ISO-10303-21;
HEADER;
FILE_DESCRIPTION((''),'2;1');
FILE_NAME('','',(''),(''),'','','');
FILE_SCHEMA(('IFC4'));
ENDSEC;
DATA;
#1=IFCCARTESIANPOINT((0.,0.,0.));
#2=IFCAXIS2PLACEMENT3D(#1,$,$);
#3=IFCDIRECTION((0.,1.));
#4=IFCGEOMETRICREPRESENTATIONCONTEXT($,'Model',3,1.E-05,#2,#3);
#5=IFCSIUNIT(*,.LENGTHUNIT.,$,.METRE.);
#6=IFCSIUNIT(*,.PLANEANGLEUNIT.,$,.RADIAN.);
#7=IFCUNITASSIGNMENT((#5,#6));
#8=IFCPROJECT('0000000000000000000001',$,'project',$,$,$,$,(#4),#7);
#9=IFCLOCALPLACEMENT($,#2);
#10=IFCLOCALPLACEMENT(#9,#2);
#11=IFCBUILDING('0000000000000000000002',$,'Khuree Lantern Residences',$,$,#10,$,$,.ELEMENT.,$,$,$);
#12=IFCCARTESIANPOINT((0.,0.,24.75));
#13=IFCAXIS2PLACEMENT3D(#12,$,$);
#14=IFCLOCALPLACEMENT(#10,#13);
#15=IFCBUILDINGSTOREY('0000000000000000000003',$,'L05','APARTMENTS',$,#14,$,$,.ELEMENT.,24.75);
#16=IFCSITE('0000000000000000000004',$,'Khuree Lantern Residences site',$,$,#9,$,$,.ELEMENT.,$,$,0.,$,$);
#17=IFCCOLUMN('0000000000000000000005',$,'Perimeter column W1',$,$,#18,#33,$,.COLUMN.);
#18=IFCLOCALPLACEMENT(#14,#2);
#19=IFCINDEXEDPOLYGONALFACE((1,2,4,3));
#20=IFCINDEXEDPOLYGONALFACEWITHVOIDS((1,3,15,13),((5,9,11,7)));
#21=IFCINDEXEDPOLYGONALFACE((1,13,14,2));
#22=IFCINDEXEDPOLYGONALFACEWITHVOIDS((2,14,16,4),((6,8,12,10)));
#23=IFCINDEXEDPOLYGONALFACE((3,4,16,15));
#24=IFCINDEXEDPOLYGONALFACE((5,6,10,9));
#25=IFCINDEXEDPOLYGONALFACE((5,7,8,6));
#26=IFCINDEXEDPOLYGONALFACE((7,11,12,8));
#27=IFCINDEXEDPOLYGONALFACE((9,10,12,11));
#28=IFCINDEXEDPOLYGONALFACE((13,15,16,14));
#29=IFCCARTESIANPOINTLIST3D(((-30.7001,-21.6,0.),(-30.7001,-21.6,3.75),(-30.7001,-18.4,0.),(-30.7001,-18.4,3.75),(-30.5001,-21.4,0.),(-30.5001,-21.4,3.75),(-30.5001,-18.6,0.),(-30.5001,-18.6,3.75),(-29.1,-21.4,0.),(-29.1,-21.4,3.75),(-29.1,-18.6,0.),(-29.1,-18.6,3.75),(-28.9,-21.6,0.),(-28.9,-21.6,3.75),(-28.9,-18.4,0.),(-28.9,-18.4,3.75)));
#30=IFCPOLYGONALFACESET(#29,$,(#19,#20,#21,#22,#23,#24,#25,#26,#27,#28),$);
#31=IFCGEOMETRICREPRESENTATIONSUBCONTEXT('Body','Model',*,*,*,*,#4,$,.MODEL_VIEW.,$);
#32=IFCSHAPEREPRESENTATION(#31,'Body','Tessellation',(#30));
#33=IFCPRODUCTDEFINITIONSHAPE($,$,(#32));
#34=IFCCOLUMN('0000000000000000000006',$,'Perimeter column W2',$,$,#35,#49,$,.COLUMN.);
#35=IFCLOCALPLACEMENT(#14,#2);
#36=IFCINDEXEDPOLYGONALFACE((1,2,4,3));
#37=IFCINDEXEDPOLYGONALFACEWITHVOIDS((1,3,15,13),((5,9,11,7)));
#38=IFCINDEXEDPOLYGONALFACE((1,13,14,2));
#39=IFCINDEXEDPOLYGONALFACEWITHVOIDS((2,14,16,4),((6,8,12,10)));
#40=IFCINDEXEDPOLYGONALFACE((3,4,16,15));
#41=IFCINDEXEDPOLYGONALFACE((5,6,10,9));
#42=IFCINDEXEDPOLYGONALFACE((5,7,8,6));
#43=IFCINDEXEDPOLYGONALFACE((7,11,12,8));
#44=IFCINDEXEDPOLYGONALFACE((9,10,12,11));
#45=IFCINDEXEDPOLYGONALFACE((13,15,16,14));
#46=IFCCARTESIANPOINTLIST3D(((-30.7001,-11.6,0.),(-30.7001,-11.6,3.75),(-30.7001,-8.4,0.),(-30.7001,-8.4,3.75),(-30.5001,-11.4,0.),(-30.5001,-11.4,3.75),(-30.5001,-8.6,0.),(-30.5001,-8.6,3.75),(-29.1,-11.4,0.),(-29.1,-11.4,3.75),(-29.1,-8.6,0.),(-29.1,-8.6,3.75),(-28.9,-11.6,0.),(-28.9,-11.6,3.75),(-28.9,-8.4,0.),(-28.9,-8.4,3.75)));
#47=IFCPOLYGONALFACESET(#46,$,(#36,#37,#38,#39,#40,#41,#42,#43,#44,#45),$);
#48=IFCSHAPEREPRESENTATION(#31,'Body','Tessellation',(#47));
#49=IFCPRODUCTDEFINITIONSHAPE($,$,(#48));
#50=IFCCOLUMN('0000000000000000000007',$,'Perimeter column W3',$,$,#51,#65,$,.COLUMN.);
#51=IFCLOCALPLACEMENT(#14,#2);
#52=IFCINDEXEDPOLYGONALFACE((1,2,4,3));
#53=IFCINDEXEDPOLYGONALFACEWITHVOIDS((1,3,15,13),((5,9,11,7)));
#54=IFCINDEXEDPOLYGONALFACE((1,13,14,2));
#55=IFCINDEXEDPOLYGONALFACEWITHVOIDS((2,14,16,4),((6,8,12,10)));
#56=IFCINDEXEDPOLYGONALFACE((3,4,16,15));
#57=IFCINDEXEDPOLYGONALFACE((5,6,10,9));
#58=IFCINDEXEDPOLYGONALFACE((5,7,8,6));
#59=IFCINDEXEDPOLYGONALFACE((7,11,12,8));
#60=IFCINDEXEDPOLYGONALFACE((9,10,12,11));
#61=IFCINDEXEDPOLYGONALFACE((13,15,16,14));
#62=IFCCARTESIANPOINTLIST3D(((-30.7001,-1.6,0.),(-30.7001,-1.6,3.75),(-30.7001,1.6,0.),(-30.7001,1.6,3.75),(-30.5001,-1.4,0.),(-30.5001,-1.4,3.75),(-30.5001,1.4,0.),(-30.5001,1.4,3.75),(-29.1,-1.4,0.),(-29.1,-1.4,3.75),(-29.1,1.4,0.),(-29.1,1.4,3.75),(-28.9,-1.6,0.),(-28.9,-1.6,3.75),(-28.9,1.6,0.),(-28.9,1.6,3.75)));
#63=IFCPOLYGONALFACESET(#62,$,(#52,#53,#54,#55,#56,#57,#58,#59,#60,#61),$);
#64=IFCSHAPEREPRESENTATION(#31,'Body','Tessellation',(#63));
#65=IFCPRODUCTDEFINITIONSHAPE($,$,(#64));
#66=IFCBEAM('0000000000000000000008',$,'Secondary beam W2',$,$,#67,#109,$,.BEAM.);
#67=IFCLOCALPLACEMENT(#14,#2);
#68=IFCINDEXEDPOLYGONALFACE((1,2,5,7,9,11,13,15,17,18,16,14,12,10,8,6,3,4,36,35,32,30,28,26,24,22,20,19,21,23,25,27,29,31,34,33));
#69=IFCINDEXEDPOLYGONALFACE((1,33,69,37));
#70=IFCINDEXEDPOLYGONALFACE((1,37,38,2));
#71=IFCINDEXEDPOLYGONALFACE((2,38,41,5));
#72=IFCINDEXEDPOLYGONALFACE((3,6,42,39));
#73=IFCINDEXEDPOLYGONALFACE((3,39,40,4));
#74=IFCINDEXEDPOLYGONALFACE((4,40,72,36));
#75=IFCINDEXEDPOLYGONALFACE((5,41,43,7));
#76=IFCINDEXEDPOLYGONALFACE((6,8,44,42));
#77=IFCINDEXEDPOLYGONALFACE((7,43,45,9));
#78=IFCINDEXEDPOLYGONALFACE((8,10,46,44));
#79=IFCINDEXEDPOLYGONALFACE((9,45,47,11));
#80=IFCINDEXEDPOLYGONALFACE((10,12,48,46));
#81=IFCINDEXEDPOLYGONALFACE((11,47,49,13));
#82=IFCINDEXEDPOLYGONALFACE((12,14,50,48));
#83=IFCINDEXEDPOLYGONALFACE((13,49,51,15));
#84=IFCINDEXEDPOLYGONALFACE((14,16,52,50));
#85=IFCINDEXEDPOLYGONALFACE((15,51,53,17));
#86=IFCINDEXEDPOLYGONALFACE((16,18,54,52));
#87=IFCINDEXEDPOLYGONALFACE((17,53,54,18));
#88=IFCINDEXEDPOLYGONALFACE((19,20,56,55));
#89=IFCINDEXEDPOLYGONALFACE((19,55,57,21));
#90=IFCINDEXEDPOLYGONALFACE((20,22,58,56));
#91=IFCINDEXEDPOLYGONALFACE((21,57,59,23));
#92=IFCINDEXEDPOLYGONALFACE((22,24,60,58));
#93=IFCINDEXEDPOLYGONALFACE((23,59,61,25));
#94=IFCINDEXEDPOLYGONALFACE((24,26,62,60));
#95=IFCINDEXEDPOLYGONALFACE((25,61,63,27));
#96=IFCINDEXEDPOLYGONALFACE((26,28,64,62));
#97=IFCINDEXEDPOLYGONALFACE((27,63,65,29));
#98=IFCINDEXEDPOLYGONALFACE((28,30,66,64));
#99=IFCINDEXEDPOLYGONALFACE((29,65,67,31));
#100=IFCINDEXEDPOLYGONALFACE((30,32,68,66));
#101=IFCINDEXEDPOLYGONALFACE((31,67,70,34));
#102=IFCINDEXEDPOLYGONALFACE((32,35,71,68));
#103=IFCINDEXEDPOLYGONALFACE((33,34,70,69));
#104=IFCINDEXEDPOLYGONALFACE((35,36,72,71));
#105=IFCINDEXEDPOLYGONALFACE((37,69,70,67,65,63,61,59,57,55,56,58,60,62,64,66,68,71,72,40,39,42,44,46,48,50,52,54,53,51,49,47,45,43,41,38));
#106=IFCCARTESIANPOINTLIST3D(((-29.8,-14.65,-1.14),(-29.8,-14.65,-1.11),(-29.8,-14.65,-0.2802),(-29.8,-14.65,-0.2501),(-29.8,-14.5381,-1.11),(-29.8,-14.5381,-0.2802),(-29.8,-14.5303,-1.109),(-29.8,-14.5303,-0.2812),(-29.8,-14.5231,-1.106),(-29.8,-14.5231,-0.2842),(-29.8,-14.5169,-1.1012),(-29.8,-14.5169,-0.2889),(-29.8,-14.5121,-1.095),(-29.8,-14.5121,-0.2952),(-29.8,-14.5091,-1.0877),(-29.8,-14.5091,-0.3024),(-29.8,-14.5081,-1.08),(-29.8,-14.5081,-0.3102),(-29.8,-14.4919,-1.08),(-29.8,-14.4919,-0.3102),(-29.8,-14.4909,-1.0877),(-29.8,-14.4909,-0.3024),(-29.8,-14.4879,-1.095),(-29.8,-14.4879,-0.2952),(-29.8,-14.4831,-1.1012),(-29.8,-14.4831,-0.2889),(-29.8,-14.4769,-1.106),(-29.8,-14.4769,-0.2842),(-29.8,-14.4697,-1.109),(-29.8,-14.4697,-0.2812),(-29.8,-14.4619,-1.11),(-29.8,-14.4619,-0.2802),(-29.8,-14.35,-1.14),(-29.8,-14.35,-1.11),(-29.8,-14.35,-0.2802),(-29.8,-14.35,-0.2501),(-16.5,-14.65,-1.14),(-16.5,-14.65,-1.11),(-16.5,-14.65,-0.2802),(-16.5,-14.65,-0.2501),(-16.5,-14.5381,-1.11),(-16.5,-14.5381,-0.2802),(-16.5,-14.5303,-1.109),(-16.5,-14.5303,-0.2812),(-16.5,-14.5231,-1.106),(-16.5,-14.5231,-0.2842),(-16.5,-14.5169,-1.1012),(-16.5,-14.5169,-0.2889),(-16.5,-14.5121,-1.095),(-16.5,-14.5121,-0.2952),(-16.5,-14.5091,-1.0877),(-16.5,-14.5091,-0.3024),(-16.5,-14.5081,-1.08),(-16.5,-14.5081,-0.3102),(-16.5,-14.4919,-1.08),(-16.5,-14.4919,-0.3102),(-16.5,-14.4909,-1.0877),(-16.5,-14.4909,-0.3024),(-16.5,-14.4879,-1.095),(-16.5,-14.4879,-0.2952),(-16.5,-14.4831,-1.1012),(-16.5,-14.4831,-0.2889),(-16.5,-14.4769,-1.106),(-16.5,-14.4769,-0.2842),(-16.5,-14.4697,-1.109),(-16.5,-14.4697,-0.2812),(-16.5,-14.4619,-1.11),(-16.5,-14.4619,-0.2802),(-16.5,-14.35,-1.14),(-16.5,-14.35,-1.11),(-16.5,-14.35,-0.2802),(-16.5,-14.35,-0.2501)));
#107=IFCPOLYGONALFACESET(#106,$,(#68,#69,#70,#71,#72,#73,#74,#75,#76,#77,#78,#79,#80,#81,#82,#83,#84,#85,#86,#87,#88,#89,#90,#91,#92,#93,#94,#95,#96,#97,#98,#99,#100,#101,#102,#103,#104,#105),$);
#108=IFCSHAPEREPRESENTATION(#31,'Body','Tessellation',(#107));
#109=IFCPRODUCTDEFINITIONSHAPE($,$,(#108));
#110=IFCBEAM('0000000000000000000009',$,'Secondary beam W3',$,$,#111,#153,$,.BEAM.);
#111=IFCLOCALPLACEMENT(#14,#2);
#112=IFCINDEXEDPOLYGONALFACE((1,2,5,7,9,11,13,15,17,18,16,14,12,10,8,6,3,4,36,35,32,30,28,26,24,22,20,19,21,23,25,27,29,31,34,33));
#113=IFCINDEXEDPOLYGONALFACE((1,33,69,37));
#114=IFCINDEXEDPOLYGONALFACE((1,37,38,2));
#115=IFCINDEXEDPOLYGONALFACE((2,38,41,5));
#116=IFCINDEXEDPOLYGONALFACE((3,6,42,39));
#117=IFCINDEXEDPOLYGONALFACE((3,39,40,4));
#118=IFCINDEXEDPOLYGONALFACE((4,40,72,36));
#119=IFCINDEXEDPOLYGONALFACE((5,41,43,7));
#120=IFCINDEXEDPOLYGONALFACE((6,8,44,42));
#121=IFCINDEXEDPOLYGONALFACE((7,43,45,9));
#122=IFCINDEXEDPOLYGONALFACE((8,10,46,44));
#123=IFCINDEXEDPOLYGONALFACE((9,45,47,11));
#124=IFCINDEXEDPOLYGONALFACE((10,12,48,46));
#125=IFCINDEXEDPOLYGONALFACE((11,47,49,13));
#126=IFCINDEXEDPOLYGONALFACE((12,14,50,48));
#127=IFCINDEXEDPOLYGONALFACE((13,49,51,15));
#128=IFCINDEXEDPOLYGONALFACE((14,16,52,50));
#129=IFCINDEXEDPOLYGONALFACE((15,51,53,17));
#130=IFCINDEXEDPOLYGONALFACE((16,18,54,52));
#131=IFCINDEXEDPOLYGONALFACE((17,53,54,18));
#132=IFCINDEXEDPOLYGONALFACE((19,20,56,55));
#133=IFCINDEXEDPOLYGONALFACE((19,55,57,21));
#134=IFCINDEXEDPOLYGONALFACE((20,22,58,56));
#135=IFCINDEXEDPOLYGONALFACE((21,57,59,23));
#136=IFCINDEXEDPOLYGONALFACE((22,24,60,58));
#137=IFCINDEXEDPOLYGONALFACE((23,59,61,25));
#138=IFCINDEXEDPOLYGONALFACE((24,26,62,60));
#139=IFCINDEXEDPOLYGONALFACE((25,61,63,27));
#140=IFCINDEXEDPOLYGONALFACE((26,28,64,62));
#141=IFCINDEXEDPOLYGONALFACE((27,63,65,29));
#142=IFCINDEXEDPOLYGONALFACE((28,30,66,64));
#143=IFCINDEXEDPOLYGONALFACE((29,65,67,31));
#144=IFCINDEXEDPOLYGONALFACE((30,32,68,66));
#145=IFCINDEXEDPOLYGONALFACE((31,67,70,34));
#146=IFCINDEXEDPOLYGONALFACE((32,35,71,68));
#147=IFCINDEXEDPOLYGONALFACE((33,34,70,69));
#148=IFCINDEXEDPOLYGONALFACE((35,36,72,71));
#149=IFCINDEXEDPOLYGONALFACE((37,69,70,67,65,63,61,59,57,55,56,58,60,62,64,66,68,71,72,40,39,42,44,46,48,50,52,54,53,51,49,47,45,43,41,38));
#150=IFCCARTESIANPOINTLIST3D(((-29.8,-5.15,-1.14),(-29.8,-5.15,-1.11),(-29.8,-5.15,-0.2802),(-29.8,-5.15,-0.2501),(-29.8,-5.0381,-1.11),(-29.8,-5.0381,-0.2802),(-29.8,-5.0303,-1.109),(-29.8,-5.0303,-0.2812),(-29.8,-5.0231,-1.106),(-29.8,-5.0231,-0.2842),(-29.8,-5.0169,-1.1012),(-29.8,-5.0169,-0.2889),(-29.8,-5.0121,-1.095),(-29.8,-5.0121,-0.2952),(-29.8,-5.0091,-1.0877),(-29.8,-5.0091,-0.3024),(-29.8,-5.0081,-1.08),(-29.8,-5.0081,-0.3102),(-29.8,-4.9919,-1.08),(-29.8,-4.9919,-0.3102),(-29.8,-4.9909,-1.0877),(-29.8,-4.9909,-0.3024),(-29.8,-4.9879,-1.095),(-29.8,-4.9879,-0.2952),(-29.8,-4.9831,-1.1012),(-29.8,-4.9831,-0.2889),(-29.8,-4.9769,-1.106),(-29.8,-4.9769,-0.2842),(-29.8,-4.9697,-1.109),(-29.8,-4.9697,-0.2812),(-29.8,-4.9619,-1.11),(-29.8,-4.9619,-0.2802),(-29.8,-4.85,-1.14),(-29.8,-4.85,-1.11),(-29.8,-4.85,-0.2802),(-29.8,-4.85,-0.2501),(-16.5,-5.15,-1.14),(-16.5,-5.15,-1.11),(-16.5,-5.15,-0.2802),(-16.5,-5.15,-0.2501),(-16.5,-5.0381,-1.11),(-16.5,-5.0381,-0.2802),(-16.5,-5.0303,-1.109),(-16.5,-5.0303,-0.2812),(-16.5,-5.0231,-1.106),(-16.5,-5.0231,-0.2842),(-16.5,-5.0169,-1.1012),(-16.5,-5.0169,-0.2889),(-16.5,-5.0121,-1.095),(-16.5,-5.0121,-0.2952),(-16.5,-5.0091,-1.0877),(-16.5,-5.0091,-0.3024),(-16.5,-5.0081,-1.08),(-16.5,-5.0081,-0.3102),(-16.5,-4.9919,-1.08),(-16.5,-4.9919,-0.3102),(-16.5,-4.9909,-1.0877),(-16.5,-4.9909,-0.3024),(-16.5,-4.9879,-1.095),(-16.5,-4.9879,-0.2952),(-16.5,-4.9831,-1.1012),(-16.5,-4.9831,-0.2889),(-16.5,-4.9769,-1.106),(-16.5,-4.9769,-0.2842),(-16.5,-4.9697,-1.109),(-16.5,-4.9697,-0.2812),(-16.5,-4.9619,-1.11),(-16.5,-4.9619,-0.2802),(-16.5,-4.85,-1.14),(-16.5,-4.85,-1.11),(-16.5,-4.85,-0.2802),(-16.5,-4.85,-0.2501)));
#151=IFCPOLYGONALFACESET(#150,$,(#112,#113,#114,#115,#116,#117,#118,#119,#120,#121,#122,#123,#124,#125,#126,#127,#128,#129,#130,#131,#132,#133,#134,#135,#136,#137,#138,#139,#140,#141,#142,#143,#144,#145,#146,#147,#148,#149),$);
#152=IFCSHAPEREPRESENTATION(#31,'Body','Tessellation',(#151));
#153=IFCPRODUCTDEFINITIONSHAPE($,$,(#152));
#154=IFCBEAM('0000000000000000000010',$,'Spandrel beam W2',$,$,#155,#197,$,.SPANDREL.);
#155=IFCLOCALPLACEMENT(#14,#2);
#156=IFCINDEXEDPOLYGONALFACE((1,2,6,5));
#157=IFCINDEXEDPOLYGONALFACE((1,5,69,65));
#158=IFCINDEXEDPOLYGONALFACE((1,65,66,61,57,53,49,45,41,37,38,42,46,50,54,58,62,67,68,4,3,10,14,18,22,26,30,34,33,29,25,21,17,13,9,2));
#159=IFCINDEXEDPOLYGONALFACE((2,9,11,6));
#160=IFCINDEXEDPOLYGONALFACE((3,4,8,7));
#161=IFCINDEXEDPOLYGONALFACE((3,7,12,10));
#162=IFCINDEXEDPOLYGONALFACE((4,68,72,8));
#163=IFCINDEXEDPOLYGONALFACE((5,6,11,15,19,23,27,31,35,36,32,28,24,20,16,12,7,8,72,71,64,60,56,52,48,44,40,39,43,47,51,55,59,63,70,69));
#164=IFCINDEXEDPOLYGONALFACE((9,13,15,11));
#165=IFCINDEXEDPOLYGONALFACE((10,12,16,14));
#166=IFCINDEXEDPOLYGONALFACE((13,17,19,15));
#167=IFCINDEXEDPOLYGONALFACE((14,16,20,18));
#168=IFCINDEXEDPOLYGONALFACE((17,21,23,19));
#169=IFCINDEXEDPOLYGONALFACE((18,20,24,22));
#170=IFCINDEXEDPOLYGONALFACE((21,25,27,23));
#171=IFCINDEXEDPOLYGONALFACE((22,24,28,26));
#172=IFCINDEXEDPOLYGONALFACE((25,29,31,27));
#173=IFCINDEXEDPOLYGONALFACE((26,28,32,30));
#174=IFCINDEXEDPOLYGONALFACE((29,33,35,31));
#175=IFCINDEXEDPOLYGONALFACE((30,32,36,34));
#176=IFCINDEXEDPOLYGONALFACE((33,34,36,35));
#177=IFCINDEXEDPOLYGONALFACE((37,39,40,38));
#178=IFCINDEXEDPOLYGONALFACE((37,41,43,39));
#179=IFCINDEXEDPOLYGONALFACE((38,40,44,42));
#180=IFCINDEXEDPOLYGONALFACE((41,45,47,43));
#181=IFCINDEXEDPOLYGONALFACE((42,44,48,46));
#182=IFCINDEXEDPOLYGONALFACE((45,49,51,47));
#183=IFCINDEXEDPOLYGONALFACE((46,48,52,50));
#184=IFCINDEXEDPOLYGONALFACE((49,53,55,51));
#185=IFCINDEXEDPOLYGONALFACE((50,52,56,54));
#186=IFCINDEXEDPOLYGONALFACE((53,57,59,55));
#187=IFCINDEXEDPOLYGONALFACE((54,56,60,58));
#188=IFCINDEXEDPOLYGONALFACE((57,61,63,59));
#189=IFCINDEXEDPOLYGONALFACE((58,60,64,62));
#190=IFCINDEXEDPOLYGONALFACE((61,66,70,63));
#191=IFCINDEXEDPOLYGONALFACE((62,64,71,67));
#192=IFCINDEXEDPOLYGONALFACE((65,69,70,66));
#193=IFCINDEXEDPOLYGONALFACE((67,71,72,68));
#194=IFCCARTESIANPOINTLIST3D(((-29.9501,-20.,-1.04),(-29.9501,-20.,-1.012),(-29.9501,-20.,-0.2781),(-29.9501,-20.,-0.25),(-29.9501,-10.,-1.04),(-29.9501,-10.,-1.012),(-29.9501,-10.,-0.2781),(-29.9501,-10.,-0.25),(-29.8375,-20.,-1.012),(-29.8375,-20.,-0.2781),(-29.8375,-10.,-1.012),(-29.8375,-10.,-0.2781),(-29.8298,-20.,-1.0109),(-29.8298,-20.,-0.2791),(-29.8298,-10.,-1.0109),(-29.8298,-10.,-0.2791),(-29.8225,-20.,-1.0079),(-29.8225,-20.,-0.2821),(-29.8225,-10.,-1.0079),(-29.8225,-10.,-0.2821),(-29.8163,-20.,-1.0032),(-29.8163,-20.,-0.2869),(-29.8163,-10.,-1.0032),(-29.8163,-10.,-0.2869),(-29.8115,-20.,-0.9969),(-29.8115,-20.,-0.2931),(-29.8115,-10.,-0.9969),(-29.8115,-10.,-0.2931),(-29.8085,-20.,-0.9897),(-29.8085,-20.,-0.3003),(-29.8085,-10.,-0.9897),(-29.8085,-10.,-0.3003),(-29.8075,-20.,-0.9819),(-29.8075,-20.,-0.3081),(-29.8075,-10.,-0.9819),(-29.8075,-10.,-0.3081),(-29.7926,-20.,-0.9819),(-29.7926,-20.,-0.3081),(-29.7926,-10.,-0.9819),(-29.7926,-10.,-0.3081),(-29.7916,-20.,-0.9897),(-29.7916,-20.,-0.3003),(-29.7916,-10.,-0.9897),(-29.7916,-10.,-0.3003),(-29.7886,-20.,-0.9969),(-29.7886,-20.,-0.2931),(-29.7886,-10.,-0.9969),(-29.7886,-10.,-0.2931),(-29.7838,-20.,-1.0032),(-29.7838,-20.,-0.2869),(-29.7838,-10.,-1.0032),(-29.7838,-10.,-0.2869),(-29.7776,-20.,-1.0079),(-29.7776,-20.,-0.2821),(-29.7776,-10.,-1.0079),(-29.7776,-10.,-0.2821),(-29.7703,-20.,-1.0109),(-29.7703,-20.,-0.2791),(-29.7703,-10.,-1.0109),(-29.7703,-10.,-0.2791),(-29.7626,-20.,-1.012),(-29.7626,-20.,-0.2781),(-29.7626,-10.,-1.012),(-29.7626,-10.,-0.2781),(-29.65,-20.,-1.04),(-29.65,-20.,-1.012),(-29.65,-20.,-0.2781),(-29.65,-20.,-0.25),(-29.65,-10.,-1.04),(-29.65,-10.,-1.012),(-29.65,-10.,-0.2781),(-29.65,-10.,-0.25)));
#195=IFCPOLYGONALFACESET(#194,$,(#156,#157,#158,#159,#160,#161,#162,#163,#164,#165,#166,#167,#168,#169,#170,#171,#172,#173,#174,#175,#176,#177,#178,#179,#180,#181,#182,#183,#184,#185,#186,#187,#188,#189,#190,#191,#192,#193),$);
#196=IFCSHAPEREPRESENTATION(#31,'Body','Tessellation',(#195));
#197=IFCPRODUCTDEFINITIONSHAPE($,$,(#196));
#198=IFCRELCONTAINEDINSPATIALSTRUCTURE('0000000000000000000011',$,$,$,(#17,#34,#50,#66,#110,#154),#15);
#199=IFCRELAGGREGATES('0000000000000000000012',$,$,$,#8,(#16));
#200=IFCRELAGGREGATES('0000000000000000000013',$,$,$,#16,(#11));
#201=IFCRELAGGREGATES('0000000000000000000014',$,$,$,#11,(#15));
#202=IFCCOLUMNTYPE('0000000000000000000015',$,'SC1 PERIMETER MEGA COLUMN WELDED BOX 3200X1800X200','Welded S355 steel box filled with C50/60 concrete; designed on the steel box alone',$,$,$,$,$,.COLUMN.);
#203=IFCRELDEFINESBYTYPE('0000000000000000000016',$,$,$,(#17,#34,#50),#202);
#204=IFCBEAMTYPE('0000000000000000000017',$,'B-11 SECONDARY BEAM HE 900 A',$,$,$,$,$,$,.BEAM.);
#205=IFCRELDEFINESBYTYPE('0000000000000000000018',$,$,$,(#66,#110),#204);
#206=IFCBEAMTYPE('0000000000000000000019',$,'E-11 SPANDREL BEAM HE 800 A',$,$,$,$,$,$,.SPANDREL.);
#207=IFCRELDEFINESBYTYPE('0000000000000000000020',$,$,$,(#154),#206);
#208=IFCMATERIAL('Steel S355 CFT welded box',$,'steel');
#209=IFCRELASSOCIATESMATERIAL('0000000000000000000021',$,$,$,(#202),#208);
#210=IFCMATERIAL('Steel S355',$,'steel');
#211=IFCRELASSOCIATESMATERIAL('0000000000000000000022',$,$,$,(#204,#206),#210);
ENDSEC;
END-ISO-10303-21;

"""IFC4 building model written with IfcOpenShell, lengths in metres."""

from ifc_helpers import new_model, si_unit, direction, frame, origin, origin_2d, place, context, subcontext, project, spatial, hollow_rectangle, i_section, extrude, material, material_profile, profile_set, type_object, element, save


model = new_model("IFC4")

# Units and contexts
model_context = context("Model", 3, precision=1e-05, world=origin(), true_north=direction((0.0, 1.0)))
body_context = subcontext(model_context, "Body", "Model", "MODEL_VIEW")
ifc_project = project(units=[si_unit("LENGTHUNIT", "METRE"), si_unit("PLANEANGLEUNIT", "RADIAN")], contexts=[model_context])

# Site, building, storey
site_placement = place(None, origin())
site = spatial("IfcSite", under=ifc_project, at=site_placement, Name="Khuree Lantern Residences site", CompositionType="ELEMENT", RefElevation=0.0)
building_placement = place(site_placement, origin())
building = spatial("IfcBuilding", under=site, at=building_placement, Name="Khuree Lantern Residences", CompositionType="ELEMENT")
storey_placement = place(building_placement, frame((0.0, 0.0, 24.75)))
storey = spatial("IfcBuildingStorey", under=building, at=storey_placement, Name="L05", Description="APARTMENTS", CompositionType="ELEMENT", Elevation=24.75)

# Columns
ifc_material_1 = material(Name="Steel S355 CFT welded box", Category="steel")
ifc_material_profile_1 = material_profile(ifc_material_1, hollow_rectangle(XDim=3.2, YDim=1.8, WallThickness=0.2, at=origin_2d()), Name="WELDED BOX 3200X1800X200")
ifc_profile_set_1 = profile_set([ifc_material_profile_1], Name="Steel S355 CFT welded box")
column_type = type_object("IfcColumnType", Name="SC1 PERIMETER MEGA COLUMN WELDED BOX 3200X1800X200", Description="Welded S355 steel box filled with C50/60 concrete; designed on the steel box alone", PredefinedType="COLUMN", material=ifc_profile_set_1)
for number, where, z_axis, x_axis, name in (
    (1, (-29.8, -20.0, 0.0), (0.0, 0.0, 1.0), (0.0, 1.0, 0.0), "Perimeter column W1"),
    (2, (-29.8, -10.0, 0.0), (0.0, 0.0, 1.0), (0.0, 1.0, 0.0), "Perimeter column W2"),
    (3, (-29.8, 0.0, 0.0), (0.0, 0.0, 1.0), (0.0, 1.0, 0.0), "Perimeter column W3"),
):
    element("IfcColumn", number, at=place(storey_placement, frame(where, z_axis=z_axis, x_axis=x_axis)), inside=storey, type_object=column_type, Name=name, PredefinedType="COLUMN", context=body_context, shape_type="SweptSolid", body=[
        extrude(hollow_rectangle(XDim=3.2, YDim=1.8, WallThickness=0.2, at=origin_2d()), origin(), (0.0, 0.0, 1.0), 3.75),
    ])

# Beams
ifc_material_2 = material(Name="Steel S355", Category="steel")
ifc_material_profile_2 = material_profile(ifc_material_2, i_section(OverallWidth=0.3, OverallDepth=0.8899, WebThickness=0.0161, FlangeThickness=0.03, FilletRadius=0.03, at=origin_2d()), Name="HE 900 A")
ifc_profile_set_2 = profile_set([ifc_material_profile_2], Name="Steel S355")
beam_type_1 = type_object("IfcBeamType", Name="B-11 SECONDARY BEAM HE 900 A", PredefinedType="BEAM", material=ifc_profile_set_2)
for number, where, z_axis, x_axis, name in (
    (4, (-29.8, -14.5, -0.6951), (1.0, 0.0, 0.0), (0.0, 1.0, 0.0), "Secondary beam W2"),
    (5, (-29.8, -5.0, -0.6951), (1.0, 0.0, 0.0), (0.0, 1.0, 0.0), "Secondary beam W3"),
):
    element("IfcBeam", number, at=place(storey_placement, frame(where, z_axis=z_axis, x_axis=x_axis)), inside=storey, type_object=beam_type_1, Name=name, PredefinedType="BEAM", context=body_context, shape_type="SweptSolid", body=[
        extrude(i_section(OverallWidth=0.3, OverallDepth=0.8899, WebThickness=0.0161, FlangeThickness=0.03, FilletRadius=0.03, at=origin_2d()), origin(), (0.0, 0.0, 1.0), 13.3),
    ])
ifc_material_profile_3 = material_profile(ifc_material_2, i_section(OverallWidth=0.3, OverallDepth=0.79, WebThickness=0.0149, FlangeThickness=0.0281, FilletRadius=0.03, at=origin_2d()), Name="HE 800 A")
ifc_profile_set_3 = profile_set([ifc_material_profile_3], Name="Steel S355")
beam_type_2 = type_object("IfcBeamType", Name="E-11 SPANDREL BEAM HE 800 A", PredefinedType="SPANDREL", material=ifc_profile_set_3)
for number, where, z_axis, x_axis, name in (
    (6, (-29.8, -20.0, -0.645), (0.0, 1.0, 0.0), (-1.0, 0.0, 0.0), "Spandrel beam W2"),
):
    element("IfcBeam", number, at=place(storey_placement, frame(where, z_axis=z_axis, x_axis=x_axis)), inside=storey, type_object=beam_type_2, Name=name, PredefinedType="SPANDREL", context=body_context, shape_type="SweptSolid", body=[
        extrude(i_section(OverallWidth=0.3, OverallDepth=0.79, WebThickness=0.0149, FlangeThickness=0.0281, FilletRadius=0.03, at=origin_2d()), origin(), (0.0, 0.0, 1.0), 10.0),
    ])

save(model, "model.ifc")
